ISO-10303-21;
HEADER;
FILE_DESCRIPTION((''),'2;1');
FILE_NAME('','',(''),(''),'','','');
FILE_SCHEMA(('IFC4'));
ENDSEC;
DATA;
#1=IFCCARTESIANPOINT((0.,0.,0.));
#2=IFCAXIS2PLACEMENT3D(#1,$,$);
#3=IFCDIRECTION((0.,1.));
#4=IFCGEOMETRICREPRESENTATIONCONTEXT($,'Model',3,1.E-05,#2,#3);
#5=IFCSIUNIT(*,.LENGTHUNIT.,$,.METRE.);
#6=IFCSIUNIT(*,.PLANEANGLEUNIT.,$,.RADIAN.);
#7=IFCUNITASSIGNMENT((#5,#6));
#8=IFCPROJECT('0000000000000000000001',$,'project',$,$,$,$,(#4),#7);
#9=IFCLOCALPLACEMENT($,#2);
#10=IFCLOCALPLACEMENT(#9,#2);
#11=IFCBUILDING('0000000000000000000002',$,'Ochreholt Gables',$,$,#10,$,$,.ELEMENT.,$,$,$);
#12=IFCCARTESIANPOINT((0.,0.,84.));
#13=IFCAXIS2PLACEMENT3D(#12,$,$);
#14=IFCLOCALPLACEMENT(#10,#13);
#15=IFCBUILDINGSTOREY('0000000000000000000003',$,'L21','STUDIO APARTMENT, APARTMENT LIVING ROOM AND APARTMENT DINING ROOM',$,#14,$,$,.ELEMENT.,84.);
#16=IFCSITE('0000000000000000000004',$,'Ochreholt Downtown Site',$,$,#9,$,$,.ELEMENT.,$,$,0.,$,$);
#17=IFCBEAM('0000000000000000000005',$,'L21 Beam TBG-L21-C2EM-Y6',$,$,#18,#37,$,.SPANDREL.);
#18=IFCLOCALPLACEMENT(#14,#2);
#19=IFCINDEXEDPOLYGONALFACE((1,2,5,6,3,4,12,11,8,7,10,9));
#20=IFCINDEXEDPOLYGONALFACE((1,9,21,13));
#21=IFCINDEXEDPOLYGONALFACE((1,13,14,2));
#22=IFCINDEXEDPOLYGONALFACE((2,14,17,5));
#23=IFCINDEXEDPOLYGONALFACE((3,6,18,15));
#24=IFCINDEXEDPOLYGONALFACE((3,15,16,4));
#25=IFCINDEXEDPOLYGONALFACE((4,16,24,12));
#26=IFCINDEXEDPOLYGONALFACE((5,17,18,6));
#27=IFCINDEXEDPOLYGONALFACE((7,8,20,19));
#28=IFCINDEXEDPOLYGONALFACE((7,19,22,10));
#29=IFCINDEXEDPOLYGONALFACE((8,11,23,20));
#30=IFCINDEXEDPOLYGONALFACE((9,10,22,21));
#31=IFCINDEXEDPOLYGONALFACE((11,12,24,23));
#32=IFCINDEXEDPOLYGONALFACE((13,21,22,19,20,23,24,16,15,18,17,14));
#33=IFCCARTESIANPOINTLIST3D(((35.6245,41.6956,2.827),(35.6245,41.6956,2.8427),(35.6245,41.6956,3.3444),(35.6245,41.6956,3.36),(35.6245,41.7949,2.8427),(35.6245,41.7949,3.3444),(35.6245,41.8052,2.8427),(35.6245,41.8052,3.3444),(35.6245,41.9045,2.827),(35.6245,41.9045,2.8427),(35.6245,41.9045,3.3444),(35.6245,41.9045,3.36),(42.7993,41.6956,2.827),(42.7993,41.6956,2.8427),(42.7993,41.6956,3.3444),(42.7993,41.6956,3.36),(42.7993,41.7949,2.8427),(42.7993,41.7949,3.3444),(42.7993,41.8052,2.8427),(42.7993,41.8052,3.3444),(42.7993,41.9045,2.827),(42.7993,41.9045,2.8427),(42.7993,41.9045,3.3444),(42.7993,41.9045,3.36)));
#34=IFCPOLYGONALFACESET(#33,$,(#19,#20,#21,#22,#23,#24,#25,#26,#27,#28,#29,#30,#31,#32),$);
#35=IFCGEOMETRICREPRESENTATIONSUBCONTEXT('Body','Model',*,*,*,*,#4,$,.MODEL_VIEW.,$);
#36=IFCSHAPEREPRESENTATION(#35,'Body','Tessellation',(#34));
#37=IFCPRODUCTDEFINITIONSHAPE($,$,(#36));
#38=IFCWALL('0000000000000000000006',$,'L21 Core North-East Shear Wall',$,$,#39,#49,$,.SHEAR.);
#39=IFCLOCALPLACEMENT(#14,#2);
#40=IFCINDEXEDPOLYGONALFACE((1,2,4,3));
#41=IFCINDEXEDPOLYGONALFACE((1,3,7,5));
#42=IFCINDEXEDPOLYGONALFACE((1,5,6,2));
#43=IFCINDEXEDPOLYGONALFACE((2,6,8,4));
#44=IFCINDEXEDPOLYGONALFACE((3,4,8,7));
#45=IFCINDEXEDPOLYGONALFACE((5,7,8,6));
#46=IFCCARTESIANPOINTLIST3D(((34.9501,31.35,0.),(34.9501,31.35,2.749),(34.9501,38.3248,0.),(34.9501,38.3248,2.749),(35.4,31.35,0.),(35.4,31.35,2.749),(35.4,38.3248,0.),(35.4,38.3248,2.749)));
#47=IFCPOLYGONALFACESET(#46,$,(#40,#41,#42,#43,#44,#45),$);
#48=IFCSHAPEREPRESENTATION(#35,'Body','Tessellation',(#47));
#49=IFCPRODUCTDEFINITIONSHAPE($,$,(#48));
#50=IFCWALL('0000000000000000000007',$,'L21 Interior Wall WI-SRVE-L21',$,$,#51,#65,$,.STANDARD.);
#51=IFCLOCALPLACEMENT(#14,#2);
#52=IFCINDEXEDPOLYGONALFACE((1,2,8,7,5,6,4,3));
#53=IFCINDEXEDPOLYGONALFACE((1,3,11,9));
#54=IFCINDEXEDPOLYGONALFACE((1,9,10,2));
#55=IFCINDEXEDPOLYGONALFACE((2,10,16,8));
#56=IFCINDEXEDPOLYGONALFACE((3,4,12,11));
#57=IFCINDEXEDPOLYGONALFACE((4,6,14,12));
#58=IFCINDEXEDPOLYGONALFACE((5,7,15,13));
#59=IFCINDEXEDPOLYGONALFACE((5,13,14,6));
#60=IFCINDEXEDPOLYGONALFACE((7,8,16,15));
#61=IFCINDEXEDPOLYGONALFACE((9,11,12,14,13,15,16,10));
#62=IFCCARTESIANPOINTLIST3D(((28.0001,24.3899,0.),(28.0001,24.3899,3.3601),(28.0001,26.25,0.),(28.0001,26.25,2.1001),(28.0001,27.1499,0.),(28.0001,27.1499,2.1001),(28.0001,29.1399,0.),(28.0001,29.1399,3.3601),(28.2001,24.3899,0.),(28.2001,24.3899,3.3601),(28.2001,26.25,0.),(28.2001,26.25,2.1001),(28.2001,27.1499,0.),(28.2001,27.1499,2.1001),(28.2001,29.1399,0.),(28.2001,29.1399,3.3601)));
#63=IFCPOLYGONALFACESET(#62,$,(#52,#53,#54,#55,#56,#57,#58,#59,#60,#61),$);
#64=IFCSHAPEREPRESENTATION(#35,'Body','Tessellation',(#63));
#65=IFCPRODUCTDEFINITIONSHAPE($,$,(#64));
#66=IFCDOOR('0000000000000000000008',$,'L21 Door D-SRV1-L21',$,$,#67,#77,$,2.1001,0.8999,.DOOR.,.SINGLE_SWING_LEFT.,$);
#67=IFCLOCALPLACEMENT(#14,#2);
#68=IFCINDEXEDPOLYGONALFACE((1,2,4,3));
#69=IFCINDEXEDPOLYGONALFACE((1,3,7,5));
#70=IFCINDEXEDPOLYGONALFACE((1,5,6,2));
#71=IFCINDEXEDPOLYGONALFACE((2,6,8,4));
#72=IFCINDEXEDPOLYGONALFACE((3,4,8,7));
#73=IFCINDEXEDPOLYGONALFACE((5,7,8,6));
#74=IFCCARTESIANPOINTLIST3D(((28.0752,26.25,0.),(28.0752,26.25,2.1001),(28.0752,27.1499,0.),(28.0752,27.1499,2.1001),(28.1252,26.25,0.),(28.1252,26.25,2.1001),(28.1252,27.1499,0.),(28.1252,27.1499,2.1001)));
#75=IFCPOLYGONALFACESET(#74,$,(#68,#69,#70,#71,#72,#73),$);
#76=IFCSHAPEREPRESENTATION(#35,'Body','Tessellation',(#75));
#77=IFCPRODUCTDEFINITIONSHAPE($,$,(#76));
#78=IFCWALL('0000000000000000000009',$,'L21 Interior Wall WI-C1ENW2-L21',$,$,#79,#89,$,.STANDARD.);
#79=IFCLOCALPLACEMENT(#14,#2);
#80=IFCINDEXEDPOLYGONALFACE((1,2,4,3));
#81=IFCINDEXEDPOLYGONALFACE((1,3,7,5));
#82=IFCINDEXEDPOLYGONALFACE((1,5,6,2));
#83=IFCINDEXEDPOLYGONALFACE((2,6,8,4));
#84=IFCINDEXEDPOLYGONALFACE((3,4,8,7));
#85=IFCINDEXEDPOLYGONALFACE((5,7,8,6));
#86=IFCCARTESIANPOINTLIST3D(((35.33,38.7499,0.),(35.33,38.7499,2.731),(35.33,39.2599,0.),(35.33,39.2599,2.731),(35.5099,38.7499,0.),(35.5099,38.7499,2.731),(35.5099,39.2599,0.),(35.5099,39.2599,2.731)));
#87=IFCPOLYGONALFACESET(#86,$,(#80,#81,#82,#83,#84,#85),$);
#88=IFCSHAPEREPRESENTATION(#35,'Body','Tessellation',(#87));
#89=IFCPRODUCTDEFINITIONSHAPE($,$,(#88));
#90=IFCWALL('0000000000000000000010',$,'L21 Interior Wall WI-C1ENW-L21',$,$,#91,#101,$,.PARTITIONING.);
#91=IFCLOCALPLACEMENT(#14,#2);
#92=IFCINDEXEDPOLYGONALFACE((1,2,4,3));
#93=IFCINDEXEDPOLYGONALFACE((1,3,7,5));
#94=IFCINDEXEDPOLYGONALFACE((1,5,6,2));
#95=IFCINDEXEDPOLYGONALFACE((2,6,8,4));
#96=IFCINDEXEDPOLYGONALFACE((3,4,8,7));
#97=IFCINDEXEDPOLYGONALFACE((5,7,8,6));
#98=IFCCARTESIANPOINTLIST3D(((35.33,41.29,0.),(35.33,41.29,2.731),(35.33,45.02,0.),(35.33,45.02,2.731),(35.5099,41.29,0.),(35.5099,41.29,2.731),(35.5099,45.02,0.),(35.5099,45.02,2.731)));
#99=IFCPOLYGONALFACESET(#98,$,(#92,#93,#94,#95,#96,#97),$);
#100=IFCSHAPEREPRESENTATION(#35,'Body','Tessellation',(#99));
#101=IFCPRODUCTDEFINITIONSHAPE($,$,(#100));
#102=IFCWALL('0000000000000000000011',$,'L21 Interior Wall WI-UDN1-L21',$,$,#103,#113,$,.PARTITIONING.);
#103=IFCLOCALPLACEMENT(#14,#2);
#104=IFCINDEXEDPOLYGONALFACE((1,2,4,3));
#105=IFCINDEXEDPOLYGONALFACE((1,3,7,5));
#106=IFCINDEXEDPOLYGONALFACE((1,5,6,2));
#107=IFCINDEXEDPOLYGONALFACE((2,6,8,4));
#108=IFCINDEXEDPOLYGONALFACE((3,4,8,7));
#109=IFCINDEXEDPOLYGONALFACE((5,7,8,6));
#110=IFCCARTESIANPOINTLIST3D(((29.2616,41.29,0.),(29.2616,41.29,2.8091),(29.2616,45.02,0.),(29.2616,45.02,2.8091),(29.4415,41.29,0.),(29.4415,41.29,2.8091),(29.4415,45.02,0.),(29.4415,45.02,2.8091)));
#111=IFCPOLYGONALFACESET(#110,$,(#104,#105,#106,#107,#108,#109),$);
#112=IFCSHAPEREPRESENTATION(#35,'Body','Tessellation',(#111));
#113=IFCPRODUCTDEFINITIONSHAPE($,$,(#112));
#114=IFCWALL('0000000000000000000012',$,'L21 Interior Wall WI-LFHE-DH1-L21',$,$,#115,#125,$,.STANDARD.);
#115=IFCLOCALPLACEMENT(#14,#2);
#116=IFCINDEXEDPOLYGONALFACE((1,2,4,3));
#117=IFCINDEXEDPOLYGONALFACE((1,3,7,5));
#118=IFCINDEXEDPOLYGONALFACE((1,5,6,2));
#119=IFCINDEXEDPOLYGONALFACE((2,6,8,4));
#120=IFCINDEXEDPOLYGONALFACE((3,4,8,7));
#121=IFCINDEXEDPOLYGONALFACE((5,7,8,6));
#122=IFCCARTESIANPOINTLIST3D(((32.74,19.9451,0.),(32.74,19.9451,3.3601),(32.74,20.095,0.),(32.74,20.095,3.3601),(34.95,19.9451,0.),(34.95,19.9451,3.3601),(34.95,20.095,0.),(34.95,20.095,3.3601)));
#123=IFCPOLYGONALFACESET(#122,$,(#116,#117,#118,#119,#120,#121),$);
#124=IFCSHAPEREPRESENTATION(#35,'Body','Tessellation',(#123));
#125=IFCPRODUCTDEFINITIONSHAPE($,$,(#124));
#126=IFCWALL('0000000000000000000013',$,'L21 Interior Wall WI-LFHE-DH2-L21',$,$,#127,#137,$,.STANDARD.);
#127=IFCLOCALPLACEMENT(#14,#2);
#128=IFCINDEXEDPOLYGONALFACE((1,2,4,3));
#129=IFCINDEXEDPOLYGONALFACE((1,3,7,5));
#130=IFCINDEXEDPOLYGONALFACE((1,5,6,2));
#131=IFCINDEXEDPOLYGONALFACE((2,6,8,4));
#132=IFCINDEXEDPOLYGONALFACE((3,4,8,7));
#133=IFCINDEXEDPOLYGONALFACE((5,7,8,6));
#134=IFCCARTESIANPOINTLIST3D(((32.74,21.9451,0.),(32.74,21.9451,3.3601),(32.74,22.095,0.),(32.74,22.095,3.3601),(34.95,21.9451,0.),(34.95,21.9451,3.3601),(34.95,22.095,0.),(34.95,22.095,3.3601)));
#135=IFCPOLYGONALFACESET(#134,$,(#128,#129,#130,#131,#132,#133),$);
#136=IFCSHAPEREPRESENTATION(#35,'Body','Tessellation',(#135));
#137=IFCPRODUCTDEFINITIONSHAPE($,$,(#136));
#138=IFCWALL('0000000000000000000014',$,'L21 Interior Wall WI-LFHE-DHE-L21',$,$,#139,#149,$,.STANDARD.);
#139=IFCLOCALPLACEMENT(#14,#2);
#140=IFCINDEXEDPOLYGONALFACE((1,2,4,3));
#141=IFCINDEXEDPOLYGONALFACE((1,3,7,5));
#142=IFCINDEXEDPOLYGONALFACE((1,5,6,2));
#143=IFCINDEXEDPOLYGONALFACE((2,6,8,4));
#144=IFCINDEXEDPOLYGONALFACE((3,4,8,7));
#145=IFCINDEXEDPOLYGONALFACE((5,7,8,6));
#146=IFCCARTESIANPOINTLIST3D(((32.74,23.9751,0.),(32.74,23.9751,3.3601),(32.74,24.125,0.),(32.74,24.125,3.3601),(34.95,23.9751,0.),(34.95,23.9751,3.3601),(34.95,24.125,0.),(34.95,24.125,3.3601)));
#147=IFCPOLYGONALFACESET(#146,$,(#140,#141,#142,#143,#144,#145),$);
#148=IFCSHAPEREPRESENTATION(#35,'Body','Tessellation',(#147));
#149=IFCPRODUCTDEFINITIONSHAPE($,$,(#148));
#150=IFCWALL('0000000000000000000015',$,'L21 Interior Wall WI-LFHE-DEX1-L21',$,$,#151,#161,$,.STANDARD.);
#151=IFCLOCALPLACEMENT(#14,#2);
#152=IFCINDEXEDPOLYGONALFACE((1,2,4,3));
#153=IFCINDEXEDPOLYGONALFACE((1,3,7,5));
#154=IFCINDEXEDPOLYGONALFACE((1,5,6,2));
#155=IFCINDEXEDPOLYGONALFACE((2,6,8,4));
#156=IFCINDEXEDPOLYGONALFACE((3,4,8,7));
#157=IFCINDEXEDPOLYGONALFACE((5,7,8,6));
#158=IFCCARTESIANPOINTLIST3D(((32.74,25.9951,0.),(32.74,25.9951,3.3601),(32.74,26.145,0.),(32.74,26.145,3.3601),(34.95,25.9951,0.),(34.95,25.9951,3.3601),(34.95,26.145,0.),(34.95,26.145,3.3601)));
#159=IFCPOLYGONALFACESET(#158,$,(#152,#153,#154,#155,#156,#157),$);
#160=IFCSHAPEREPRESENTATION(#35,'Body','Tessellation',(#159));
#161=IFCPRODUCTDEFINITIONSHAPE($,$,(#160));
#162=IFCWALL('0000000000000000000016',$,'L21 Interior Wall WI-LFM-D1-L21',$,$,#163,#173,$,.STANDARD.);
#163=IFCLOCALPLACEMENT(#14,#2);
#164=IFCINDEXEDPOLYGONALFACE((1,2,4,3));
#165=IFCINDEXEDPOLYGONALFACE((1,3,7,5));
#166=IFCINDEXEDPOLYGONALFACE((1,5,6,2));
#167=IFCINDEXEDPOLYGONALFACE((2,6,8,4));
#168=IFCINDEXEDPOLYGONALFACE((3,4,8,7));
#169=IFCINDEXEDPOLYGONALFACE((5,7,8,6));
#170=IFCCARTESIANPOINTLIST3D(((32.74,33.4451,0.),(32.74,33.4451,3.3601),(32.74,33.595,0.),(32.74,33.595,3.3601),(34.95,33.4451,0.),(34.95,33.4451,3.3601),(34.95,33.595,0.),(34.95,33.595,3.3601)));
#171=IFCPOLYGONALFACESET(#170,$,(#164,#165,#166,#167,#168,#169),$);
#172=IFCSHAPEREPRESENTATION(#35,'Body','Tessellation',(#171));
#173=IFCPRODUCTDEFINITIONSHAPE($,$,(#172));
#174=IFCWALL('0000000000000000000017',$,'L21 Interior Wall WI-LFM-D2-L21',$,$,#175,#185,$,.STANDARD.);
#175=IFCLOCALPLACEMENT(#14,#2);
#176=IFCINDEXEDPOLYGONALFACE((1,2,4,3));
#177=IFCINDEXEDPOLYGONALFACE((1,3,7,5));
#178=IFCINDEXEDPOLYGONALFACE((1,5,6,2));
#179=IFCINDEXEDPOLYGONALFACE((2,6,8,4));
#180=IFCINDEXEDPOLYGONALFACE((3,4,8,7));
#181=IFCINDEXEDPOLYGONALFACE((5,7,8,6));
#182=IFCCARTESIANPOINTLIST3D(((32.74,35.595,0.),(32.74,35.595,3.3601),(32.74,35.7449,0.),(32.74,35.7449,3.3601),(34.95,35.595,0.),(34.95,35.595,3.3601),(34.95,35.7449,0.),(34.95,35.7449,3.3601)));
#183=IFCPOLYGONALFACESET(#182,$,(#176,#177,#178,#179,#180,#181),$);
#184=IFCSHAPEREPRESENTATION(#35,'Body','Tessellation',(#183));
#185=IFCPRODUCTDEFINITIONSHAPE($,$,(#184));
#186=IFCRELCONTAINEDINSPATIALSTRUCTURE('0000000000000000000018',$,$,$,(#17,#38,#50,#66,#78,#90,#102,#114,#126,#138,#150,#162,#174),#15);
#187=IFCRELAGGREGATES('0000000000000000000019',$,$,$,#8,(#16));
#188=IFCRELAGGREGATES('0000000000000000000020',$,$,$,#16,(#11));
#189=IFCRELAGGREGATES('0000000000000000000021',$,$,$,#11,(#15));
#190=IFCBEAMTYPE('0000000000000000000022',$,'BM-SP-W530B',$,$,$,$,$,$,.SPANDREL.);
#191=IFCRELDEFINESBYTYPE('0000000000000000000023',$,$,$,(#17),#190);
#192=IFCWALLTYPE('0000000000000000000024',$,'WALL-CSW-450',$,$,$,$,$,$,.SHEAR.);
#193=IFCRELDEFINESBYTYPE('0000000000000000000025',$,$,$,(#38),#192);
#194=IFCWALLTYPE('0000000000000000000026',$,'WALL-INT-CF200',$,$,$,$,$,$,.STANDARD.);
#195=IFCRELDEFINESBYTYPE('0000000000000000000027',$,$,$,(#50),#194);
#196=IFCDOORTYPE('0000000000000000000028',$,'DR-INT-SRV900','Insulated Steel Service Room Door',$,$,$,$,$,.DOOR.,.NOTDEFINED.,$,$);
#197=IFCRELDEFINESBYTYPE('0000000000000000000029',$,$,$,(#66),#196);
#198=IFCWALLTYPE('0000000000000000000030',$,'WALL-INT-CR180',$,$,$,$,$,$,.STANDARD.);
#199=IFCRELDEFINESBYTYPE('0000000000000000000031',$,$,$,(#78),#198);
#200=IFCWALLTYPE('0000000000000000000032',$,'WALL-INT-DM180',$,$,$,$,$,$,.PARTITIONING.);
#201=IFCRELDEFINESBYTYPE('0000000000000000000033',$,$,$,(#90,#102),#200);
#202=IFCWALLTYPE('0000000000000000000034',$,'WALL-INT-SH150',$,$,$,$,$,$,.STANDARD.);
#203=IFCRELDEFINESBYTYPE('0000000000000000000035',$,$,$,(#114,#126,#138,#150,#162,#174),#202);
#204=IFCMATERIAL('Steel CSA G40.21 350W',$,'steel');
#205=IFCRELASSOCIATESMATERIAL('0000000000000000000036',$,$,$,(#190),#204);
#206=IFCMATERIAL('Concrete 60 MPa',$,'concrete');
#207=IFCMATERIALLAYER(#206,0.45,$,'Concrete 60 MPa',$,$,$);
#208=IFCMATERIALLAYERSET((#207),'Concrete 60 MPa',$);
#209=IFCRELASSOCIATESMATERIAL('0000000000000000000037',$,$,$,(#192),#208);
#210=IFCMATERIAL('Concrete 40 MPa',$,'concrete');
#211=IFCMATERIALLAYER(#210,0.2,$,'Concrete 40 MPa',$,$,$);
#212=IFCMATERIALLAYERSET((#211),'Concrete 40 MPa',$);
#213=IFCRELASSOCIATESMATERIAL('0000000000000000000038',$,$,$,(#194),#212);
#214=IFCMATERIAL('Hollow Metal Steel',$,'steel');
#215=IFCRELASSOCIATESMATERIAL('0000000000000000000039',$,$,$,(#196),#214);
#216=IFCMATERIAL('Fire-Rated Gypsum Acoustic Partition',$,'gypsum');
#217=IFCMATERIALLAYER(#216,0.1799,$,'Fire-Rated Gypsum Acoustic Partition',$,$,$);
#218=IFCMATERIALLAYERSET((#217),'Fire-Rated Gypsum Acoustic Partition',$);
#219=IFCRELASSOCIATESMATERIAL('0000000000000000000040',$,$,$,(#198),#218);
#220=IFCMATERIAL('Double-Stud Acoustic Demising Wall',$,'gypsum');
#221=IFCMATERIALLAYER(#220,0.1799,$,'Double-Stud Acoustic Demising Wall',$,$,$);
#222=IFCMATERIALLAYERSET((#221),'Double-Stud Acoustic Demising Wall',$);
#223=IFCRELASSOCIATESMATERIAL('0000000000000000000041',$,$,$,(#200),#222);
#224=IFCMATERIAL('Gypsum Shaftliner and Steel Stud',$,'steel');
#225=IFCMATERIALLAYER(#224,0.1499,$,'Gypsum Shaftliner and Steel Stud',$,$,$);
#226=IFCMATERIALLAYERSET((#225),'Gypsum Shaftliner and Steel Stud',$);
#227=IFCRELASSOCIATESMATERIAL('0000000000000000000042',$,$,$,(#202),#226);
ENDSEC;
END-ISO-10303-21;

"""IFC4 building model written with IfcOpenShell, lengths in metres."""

from ifc_helpers import new_model, si_unit, direction, frame, frame_2d, origin, origin_2d, place, context, subcontext, project, spatial, rectangle, i_section, extrude, material, layer, layer_set, material_profile, profile_set, type_object, element, fill, save


model = new_model("IFC4")

# Units and contexts
model_context = context("Model", 3, precision=1e-05, world=origin(), true_north=direction((0.0, 1.0)))
body_context = subcontext(model_context, "Body", "Model", "MODEL_VIEW")
ifc_project = project(units=[si_unit("LENGTHUNIT", "METRE"), si_unit("PLANEANGLEUNIT", "RADIAN")], contexts=[model_context])

# Site, building, storey
site_placement = place(None, origin())
site = spatial("IfcSite", under=ifc_project, at=site_placement, Name="Ochreholt Downtown Site", CompositionType="ELEMENT", RefElevation=0.0)
building_placement = place(site_placement, origin())
building = spatial("IfcBuilding", under=site, at=building_placement, Name="Ochreholt Gables", CompositionType="ELEMENT")
storey_placement = place(building_placement, frame((0.0, 0.0, 84.0)))
storey = spatial("IfcBuildingStorey", under=building, at=storey_placement, Name="L21", Description="STUDIO APARTMENT, APARTMENT LIVING ROOM AND APARTMENT DINING ROOM", CompositionType="ELEMENT", Elevation=84.0)

# Shared definitions
ifc_material_1 = material(Name="Concrete 60 MPa", Category="concrete")

# Beam
ifc_material_2 = material(Name="Steel CSA G40.21 350W", Category="steel")
ifc_material_profile_1 = material_profile(ifc_material_2, i_section(OverallWidth=0.209, OverallDepth=0.533, WebThickness=0.0103, FlangeThickness=0.0156, at=origin_2d()), Name="W530X92")
ifc_profile_set_1 = profile_set([ifc_material_profile_1], Name="Steel CSA G40.21 350W")
beam_type_1 = type_object("IfcBeamType", Name="BM-SP-W530B", PredefinedType="SPANDREL", material=ifc_profile_set_1)
beam_1_placement = place(storey_placement, frame((35.6245, 41.8, 3.0935), z_axis=(1.0, 0.0, 0.0), x_axis=(0.0, 1.0, 0.0)))
element("IfcBeam", 1, at=beam_1_placement, inside=storey, type_object=beam_type_1, Name="L21 Beam TBG-L21-C2EM-Y6", PredefinedType="SPANDREL", context=body_context, shape_type="SweptSolid", body=[
    extrude(i_section(OverallWidth=0.209, OverallDepth=0.533, WebThickness=0.0103, FlangeThickness=0.0156, at=origin_2d()), origin(), (0.0, 0.0, 1.0), 7.1748),
])

# Wall
ifc_layer_1 = layer(ifc_material_1, 0.45, Name="Concrete 60 MPa")
ifc_layer_set_1 = layer_set([ifc_layer_1], Name="Concrete 60 MPa")
wall_type_1 = type_object("IfcWallType", Name="WALL-CSW-450", PredefinedType="SHEAR", material=ifc_layer_set_1)
wall_1_placement = place(storey_placement, frame((35.175, 31.3501, 0.0), z_axis=(0.0, 0.0, 1.0), x_axis=(0.0, 1.0, 0.0)))
element("IfcWall", 2, at=wall_1_placement, inside=storey, type_object=wall_type_1, Name="L21 Core North-East Shear Wall", PredefinedType="SHEAR", context=body_context, shape_type="SweptSolid", body=[
    extrude(rectangle(XDim=6.9749, YDim=0.45, at=frame_2d((3.4873, 0.0))), origin(), (0.0, 0.0, 1.0), 2.749),
])

# Wall, opening, door
ifc_material_3 = material(Name="Concrete 40 MPa", Category="concrete")
ifc_layer_2 = layer(ifc_material_3, 0.2, Name="Concrete 40 MPa")
ifc_layer_set_2 = layer_set([ifc_layer_2], Name="Concrete 40 MPa")
wall_type_2 = type_object("IfcWallType", Name="WALL-INT-CF200", PredefinedType="STANDARD", material=ifc_layer_set_2)
wall_2_placement = place(storey_placement, frame((28.1001, 24.3899, 0.0), z_axis=(0.0, 0.0, 1.0), x_axis=(0.0, 1.0, 0.0)))
wall_2 = element("IfcWall", 3, at=wall_2_placement, inside=storey, type_object=wall_type_2, Name="L21 Interior Wall WI-SRVE-L21", PredefinedType="STANDARD", context=body_context, shape_type="SweptSolid", body=[
    extrude(rectangle(XDim=4.75, YDim=0.2, at=frame_2d((2.375, 0.0))), origin(), (0.0, 0.0, 1.0), 3.3601),
])
opening_placement = place(wall_2_placement, frame((1.8601, 0.0, 0.0)))
opening = element("IfcOpeningElement", 4, at=opening_placement, cuts=wall_2, PredefinedType="OPENING", context=body_context, shape_type="SweptSolid", body=[
    extrude(rectangle(XDim=0.8999, YDim=2.1001, at=frame_2d((0.45, 1.05))), frame((0.0, 0.1099, 0.0), z_axis=(0.0, -1.0, 0.0), x_axis=(1.0, 0.0, 0.0)), (0.0, 0.0, 1.0), 0.22),
])
ifc_material_4 = material(Name="Hollow Metal Steel", Category="steel")
door_type = type_object("IfcDoorType", Name="DR-INT-SRV900", Description="Insulated Steel Service Room Door", OperationType="NOTDEFINED", PredefinedType="DOOR", material=ifc_material_4)
door_placement = place(opening_placement, origin())
door = element("IfcDoor", 5, at=door_placement, inside=storey, type_object=door_type, Name="L21 Door D-SRV1-L21", OperationType="SINGLE_SWING_LEFT", OverallHeight=2.1001, OverallWidth=0.8999, PredefinedType="DOOR", context=body_context, shape_type="SweptSolid", body=[
    extrude(rectangle(XDim=0.8999, YDim=2.1001, at=frame_2d((0.45, 1.05))), frame((0.0, 0.0249, 0.0), z_axis=(0.0, -1.0, 0.0), x_axis=(1.0, 0.0, 0.0)), (0.0, 0.0, 1.0), 0.05),
])
fill(opening, door)

# Walls
ifc_material_5 = material(Name="Fire-Rated Gypsum Acoustic Partition", Category="gypsum")
ifc_layer_3 = layer(ifc_material_5, 0.1799, Name="Fire-Rated Gypsum Acoustic Partition")
ifc_layer_set_3 = layer_set([ifc_layer_3], Name="Fire-Rated Gypsum Acoustic Partition")
wall_type_3 = type_object("IfcWallType", Name="WALL-INT-CR180", PredefinedType="STANDARD", material=ifc_layer_set_3)
wall_3_placement = place(storey_placement, frame((35.4199, 38.75, 0.0), z_axis=(0.0, 0.0, 1.0), x_axis=(0.0, 1.0, 0.0)))
element("IfcWall", 6, at=wall_3_placement, inside=storey, type_object=wall_type_3, Name="L21 Interior Wall WI-C1ENW2-L21", PredefinedType="STANDARD", context=body_context, shape_type="SweptSolid", body=[
    extrude(rectangle(XDim=0.51, YDim=0.1799, at=frame_2d((0.2549, 0.0))), origin(), (0.0, 0.0, 1.0), 2.731),
])
ifc_material_6 = material(Name="Double-Stud Acoustic Demising Wall", Category="gypsum")
ifc_layer_4 = layer(ifc_material_6, 0.1799, Name="Double-Stud Acoustic Demising Wall")
ifc_layer_set_4 = layer_set([ifc_layer_4], Name="Double-Stud Acoustic Demising Wall")
wall_type_4 = type_object("IfcWallType", Name="WALL-INT-DM180", PredefinedType="PARTITIONING", material=ifc_layer_set_4)
wall_4_placement = place(storey_placement, frame((35.4199, 41.29, 0.0), z_axis=(0.0, 0.0, 1.0), x_axis=(0.0, 1.0, 0.0)))
element("IfcWall", 7, at=wall_4_placement, inside=storey, type_object=wall_type_4, Name="L21 Interior Wall WI-C1ENW-L21", PredefinedType="PARTITIONING", context=body_context, shape_type="SweptSolid", body=[
    extrude(rectangle(XDim=3.73, YDim=0.1799, at=frame_2d((1.865, 0.0))), origin(), (0.0, 0.0, 1.0), 2.731),
])
wall_5_placement = place(storey_placement, frame((29.3516, 41.29, 0.0), z_axis=(0.0, 0.0, 1.0), x_axis=(0.0, 1.0, 0.0)))
element("IfcWall", 8, at=wall_5_placement, inside=storey, type_object=wall_type_4, Name="L21 Interior Wall WI-UDN1-L21", PredefinedType="PARTITIONING", context=body_context, shape_type="SweptSolid", body=[
    extrude(rectangle(XDim=3.73, YDim=0.1799, at=frame_2d((1.865, 0.0))), origin(), (0.0, 0.0, 1.0), 2.8091),
])
ifc_material_7 = material(Name="Gypsum Shaftliner and Steel Stud", Category="steel")
ifc_layer_5 = layer(ifc_material_7, 0.1499, Name="Gypsum Shaftliner and Steel Stud")
ifc_layer_set_5 = layer_set([ifc_layer_5], Name="Gypsum Shaftliner and Steel Stud")
wall_type_5 = type_object("IfcWallType", Name="WALL-INT-SH150", PredefinedType="STANDARD", material=ifc_layer_set_5)
for number, where, z_axis, x_axis, name in (
    (9, (32.74, 20.02, 0.0), (0.0, 0.0, 1.0), (1.0, 0.0, 0.0), "L21 Interior Wall WI-LFHE-DH1-L21"),
    (10, (32.74, 22.02, 0.0), (0.0, 0.0, 1.0), (1.0, 0.0, 0.0), "L21 Interior Wall WI-LFHE-DH2-L21"),
    (11, (32.74, 24.05, 0.0), (0.0, 0.0, 1.0), (1.0, 0.0, 0.0), "L21 Interior Wall WI-LFHE-DHE-L21"),
    (12, (32.74, 26.0701, 0.0), (0.0, 0.0, 1.0), (1.0, 0.0, 0.0), "L21 Interior Wall WI-LFHE-DEX1-L21"),
    (13, (32.74, 33.52, 0.0), (0.0, 0.0, 1.0), (1.0, 0.0, 0.0), "L21 Interior Wall WI-LFM-D1-L21"),
    (14, (32.74, 35.6699, 0.0), (0.0, 0.0, 1.0), (1.0, 0.0, 0.0), "L21 Interior Wall WI-LFM-D2-L21"),
):
    element("IfcWall", number, at=place(storey_placement, frame(where, z_axis=z_axis, x_axis=x_axis)), inside=storey, type_object=wall_type_5, Name=name, PredefinedType="STANDARD", context=body_context, shape_type="SweptSolid", body=[
        extrude(rectangle(XDim=2.21, YDim=0.1499, at=frame_2d((1.105, 0.0))), origin(), (0.0, 0.0, 1.0), 3.3601),
    ])

save(model, "model.ifc")
